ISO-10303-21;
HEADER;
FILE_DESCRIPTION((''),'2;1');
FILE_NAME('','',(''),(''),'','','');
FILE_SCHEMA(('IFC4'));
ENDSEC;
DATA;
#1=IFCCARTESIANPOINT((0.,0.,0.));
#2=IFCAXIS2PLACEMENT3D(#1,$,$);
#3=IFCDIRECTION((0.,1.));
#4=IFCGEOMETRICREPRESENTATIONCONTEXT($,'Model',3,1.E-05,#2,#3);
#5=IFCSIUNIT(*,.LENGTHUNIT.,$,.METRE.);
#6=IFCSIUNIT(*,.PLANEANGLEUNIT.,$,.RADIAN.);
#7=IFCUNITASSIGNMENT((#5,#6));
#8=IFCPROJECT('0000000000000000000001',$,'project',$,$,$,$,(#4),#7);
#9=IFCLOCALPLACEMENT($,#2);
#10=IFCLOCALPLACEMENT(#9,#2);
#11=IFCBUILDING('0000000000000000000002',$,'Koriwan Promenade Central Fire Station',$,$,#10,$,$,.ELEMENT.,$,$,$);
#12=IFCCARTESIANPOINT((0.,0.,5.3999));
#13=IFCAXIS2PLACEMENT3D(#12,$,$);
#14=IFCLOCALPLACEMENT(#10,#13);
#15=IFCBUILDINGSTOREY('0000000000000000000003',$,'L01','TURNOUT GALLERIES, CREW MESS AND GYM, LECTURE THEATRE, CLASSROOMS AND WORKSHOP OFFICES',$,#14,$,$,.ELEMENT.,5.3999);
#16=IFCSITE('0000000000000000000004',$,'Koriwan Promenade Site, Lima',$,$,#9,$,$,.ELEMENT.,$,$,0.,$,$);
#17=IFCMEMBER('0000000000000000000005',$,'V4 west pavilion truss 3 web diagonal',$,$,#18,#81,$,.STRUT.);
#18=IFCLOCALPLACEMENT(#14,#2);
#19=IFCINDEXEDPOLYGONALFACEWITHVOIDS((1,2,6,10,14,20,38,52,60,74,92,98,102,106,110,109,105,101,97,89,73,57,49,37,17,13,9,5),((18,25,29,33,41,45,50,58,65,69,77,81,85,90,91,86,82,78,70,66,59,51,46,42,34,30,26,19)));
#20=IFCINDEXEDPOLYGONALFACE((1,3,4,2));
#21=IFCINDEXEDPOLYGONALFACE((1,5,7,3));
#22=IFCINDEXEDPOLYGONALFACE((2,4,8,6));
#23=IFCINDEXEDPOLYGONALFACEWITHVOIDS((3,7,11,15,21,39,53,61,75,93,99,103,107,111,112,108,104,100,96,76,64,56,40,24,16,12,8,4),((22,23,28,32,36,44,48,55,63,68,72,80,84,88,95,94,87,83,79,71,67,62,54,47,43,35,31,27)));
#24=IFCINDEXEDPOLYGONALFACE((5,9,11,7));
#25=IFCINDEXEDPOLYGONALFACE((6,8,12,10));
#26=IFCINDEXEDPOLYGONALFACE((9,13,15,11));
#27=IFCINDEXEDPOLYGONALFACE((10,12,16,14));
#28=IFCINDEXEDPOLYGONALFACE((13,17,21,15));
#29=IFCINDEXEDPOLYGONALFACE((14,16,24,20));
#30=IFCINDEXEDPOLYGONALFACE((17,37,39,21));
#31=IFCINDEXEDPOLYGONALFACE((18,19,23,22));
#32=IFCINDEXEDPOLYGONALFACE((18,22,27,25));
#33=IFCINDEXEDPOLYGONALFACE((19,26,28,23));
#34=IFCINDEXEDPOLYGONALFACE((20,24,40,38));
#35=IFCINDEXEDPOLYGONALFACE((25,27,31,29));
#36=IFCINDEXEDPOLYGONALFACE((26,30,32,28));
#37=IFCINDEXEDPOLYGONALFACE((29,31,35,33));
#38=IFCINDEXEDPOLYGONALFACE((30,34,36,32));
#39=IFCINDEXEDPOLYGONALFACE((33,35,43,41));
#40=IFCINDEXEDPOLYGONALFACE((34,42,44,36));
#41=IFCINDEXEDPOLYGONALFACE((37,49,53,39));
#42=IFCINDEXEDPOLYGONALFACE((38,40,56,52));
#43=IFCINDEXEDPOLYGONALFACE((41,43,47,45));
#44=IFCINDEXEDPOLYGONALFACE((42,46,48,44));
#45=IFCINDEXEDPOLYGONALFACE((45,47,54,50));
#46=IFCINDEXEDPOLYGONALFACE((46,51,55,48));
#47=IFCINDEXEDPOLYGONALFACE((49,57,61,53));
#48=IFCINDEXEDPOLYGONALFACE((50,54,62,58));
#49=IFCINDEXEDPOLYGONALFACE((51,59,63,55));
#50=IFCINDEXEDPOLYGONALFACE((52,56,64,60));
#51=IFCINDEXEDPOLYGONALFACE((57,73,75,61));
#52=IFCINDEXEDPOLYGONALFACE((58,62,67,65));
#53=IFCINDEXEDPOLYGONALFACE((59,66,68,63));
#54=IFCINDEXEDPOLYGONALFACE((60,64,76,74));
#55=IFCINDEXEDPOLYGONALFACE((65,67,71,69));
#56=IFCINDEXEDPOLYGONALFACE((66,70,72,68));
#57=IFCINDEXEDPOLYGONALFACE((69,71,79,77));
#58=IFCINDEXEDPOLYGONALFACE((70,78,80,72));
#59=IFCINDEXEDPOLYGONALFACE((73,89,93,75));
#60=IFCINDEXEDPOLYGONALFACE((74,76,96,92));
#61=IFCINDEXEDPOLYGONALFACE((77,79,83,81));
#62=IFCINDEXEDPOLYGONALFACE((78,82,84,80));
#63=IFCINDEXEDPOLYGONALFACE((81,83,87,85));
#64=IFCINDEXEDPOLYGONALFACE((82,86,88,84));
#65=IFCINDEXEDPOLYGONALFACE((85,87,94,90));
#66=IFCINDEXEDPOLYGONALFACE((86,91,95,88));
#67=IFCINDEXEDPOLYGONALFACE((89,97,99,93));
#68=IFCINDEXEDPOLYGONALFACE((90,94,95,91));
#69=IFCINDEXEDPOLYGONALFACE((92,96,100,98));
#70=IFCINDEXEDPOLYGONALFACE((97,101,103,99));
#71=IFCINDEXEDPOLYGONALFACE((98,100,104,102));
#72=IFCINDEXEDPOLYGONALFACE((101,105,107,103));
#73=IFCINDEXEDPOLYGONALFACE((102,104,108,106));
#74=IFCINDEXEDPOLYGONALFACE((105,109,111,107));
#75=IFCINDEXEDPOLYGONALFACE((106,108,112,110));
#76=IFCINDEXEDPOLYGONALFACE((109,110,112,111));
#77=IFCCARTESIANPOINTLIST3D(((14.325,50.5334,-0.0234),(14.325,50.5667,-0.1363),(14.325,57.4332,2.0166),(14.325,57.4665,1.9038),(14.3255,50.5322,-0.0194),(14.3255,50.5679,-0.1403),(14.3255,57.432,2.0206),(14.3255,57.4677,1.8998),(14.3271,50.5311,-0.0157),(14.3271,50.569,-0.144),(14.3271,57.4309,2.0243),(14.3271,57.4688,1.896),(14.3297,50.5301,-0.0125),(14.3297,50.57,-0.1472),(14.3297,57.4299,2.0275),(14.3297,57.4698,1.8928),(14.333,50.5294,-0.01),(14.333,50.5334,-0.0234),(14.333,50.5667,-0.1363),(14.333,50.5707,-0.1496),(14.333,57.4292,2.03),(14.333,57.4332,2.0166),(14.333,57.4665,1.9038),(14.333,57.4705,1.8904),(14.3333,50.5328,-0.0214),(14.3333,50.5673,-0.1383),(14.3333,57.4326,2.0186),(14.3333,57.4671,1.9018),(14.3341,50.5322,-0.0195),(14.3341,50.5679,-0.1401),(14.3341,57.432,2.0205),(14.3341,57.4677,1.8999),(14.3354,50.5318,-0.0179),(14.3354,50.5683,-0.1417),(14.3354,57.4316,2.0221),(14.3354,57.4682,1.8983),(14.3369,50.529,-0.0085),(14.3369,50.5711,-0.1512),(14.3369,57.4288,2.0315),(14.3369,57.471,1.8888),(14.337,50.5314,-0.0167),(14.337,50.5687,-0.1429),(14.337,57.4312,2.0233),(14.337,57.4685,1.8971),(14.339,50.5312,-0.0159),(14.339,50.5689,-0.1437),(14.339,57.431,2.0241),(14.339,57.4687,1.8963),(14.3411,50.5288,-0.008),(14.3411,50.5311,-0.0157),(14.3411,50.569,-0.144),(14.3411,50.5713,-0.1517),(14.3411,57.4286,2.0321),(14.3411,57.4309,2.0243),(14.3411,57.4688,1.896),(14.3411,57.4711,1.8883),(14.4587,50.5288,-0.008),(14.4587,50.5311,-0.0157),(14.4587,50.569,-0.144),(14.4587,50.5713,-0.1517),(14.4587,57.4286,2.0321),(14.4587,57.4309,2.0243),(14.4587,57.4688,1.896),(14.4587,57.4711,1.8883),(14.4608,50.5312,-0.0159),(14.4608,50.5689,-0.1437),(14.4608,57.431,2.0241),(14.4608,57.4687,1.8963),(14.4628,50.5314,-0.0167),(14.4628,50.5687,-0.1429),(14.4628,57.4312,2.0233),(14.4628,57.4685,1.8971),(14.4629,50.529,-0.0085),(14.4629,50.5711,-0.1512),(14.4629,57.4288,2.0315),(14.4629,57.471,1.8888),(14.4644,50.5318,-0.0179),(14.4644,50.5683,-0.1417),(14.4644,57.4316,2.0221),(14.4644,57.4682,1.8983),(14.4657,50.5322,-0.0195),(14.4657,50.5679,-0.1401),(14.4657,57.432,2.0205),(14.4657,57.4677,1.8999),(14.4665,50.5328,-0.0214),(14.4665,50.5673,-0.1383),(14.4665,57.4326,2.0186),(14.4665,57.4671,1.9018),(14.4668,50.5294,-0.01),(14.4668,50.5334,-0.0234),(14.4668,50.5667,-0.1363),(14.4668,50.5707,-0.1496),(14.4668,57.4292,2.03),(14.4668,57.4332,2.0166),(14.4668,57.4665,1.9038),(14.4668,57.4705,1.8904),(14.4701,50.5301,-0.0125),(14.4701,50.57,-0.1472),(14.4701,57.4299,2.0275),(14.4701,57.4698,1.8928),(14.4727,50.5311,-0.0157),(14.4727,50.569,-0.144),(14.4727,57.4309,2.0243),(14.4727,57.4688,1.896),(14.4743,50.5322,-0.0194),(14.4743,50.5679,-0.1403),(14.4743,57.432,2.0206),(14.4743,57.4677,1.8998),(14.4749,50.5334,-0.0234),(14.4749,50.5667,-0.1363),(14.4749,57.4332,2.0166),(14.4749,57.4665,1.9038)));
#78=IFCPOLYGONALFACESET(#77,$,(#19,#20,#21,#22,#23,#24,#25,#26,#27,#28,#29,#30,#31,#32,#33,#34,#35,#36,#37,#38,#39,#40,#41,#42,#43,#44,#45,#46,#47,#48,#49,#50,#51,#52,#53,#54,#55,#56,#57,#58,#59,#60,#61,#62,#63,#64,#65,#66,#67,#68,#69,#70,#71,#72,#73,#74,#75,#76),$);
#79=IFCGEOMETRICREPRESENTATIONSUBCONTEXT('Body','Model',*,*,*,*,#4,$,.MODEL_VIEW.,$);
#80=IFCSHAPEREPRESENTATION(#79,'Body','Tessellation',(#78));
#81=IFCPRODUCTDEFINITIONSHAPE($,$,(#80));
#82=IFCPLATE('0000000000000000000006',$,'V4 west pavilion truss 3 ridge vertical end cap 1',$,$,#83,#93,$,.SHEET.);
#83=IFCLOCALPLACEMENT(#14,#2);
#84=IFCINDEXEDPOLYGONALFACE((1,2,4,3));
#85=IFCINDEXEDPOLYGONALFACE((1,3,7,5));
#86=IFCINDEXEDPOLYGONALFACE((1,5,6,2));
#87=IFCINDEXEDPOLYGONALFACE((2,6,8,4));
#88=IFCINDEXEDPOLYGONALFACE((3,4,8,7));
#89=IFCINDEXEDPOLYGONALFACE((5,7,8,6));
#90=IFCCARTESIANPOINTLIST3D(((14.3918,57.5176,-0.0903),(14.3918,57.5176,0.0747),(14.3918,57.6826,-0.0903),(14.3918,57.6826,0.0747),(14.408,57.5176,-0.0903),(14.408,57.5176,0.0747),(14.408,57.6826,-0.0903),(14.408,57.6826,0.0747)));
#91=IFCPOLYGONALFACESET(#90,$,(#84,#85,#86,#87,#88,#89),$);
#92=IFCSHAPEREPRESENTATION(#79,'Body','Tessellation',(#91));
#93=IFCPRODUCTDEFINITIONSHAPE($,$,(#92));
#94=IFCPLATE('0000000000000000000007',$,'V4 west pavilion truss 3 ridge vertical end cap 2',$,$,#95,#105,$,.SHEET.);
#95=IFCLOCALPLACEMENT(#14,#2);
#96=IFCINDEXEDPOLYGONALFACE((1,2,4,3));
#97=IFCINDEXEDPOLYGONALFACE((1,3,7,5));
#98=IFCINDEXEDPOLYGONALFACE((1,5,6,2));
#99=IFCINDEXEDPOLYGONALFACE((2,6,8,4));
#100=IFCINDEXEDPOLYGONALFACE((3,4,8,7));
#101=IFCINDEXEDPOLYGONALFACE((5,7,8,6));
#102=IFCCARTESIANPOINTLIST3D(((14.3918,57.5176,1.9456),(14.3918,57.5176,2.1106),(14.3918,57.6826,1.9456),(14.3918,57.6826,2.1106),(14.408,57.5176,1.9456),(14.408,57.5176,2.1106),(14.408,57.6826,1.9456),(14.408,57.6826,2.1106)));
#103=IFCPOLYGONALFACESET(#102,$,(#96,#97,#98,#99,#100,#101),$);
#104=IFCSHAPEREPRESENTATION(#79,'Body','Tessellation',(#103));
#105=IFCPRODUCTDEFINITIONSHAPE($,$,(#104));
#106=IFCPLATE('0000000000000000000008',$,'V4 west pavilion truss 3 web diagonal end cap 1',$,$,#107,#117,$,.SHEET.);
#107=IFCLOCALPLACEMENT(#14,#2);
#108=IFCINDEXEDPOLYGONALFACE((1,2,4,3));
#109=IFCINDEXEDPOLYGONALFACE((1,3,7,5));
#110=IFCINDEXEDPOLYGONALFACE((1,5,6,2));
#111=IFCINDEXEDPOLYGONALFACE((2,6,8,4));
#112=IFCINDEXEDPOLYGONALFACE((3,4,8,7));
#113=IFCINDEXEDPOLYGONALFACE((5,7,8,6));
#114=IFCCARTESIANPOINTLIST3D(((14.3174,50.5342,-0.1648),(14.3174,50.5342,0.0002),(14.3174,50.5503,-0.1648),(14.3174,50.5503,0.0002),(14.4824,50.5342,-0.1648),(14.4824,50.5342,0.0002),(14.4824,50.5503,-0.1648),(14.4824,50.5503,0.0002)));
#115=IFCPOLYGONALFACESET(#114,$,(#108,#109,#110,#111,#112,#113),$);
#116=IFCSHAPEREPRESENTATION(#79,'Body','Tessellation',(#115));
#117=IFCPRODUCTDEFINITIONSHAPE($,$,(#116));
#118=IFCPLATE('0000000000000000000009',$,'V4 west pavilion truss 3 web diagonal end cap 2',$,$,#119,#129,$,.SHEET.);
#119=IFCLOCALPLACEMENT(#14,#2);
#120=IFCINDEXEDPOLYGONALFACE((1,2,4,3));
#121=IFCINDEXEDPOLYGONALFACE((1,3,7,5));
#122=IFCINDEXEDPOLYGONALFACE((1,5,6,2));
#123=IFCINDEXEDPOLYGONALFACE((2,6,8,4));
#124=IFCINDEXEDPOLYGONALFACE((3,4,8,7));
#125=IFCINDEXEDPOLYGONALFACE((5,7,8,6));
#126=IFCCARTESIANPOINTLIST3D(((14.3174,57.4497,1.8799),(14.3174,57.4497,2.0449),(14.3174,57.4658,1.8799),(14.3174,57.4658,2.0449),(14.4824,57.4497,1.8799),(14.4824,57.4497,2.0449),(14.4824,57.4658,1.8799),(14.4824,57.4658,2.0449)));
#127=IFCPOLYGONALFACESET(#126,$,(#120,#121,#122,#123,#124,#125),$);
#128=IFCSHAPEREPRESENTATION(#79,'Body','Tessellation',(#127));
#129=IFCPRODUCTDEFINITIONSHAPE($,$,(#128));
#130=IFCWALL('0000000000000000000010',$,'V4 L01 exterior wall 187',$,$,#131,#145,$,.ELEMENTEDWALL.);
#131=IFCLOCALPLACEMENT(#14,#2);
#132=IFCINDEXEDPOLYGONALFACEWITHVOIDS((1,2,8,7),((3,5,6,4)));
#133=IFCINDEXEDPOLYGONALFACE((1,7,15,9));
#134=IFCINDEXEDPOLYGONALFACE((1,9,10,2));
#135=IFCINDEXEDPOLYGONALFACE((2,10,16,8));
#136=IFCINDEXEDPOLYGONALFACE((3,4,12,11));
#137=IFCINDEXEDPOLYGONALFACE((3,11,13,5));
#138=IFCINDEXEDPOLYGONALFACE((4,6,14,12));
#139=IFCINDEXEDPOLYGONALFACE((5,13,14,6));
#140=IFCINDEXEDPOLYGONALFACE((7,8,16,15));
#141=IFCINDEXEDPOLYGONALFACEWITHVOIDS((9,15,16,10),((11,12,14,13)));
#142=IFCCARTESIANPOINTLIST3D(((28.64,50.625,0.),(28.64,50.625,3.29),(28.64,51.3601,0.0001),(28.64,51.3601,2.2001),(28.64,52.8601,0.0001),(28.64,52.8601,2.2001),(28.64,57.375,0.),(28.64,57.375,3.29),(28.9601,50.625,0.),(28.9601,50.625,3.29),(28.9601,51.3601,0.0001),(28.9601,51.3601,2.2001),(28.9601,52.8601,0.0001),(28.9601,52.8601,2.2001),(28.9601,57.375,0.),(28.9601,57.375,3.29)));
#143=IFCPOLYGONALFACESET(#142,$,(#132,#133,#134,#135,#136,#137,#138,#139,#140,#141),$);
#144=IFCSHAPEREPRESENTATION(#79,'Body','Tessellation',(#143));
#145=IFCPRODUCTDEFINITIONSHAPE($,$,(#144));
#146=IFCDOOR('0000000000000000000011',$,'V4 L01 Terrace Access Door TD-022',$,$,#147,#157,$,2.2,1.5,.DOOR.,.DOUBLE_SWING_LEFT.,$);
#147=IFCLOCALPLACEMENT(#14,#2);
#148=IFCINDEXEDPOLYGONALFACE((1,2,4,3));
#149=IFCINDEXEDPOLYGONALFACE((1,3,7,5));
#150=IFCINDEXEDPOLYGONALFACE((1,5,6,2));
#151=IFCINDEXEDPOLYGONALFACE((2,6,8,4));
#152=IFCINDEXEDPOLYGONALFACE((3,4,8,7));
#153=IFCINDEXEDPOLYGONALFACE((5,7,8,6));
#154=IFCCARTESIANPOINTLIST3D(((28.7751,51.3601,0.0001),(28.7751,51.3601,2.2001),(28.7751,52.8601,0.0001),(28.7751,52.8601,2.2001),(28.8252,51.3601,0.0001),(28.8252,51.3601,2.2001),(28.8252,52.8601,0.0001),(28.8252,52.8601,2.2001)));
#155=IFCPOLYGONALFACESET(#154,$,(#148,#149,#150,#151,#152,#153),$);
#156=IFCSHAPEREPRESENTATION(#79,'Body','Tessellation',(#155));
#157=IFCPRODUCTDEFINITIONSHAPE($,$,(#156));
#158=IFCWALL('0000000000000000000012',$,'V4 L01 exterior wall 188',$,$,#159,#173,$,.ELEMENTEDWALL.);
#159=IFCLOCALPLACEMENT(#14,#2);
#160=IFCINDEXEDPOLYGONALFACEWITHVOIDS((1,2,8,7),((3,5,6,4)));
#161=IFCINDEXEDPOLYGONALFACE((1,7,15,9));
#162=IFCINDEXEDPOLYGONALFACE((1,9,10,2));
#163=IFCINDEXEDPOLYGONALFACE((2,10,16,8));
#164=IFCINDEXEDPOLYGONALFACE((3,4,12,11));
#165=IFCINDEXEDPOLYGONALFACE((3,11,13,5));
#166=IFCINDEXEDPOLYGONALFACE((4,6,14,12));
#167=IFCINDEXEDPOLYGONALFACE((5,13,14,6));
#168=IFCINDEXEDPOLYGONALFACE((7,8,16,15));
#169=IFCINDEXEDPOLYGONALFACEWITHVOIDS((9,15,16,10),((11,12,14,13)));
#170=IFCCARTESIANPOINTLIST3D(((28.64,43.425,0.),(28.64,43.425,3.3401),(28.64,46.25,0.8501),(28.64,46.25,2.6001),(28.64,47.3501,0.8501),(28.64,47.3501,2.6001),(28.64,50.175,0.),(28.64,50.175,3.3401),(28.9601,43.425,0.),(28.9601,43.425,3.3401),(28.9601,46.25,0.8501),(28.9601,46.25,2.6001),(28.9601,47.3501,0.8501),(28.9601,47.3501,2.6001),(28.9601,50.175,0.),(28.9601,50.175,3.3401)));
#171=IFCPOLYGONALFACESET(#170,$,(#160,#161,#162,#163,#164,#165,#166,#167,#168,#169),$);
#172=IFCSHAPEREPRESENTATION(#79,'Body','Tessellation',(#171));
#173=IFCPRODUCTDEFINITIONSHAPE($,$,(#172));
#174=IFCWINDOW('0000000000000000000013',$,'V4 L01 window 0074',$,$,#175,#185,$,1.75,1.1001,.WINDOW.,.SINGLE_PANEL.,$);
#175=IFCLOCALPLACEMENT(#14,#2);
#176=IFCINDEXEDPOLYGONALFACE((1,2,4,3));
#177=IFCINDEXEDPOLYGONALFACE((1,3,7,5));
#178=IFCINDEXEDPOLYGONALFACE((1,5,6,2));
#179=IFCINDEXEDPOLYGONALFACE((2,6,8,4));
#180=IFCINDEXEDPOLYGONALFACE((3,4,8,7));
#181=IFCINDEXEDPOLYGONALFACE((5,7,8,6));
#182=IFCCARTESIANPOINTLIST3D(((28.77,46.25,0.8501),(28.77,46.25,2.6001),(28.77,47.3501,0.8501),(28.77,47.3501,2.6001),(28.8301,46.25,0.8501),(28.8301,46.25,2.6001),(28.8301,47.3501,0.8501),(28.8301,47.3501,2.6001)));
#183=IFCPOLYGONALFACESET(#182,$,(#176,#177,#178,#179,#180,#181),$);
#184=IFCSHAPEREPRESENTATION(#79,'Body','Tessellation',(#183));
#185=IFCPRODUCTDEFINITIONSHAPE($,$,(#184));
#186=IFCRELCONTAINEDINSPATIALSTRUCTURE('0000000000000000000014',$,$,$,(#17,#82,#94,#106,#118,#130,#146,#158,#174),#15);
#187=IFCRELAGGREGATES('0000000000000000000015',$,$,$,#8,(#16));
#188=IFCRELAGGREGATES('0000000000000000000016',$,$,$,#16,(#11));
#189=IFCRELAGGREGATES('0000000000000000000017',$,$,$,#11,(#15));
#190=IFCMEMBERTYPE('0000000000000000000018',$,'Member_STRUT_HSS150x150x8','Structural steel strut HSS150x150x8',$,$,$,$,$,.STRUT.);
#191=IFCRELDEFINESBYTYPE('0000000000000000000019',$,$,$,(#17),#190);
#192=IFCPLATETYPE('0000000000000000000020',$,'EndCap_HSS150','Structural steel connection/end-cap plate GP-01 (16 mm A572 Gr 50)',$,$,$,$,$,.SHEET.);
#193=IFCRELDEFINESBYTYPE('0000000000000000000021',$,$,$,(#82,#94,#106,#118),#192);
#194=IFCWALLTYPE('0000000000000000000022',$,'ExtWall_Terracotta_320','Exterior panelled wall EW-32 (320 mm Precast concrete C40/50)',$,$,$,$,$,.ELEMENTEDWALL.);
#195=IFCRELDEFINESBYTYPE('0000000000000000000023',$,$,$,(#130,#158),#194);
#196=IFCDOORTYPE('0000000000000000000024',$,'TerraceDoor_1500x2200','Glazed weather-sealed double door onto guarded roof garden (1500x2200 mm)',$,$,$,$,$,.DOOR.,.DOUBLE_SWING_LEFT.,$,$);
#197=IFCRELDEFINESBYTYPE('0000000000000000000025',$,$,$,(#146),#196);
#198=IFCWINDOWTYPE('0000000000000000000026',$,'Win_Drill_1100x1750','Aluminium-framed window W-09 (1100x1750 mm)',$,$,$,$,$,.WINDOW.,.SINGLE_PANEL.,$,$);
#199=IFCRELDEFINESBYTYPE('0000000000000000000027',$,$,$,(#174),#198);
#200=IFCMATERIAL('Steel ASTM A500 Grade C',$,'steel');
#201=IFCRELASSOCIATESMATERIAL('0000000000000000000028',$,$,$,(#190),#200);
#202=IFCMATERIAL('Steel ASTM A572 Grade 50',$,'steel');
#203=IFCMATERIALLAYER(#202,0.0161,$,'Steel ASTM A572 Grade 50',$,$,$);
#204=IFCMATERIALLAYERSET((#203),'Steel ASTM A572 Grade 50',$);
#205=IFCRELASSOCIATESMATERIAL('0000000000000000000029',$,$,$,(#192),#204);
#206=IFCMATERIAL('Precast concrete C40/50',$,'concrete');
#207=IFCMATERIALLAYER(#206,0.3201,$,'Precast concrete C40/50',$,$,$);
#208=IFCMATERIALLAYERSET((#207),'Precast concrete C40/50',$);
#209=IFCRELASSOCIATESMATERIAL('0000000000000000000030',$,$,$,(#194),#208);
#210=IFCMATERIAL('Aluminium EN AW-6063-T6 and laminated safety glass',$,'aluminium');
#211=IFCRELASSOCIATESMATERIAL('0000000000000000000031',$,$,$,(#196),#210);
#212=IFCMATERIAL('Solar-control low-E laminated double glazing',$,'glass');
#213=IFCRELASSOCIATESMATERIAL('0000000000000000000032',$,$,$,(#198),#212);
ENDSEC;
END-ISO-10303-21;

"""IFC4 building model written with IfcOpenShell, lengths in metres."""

from ifc_helpers import new_model, si_unit, direction, frame, frame_2d, origin, origin_2d, place, context, subcontext, project, spatial, rectangle, hollow_rectangle, extrude, material, layer, layer_set, material_profile, profile_set, type_object, element, fill, save


model = new_model("IFC4")

# Units and contexts
model_context = context("Model", 3, precision=1e-05, world=origin(), true_north=direction((0.0, 1.0)))
body_context = subcontext(model_context, "Body", "Model", "MODEL_VIEW")
ifc_project = project(units=[si_unit("LENGTHUNIT", "METRE"), si_unit("PLANEANGLEUNIT", "RADIAN")], contexts=[model_context])

# Site, building, storey
site_placement = place(None, origin())
site = spatial("IfcSite", under=ifc_project, at=site_placement, Name="Koriwan Promenade Site, Lima", CompositionType="ELEMENT", RefElevation=0.0)
building_placement = place(site_placement, origin())
building = spatial("IfcBuilding", under=site, at=building_placement, Name="Koriwan Promenade Central Fire Station", CompositionType="ELEMENT")
storey_placement = place(building_placement, frame((0.0, 0.0, 5.3999)))
storey = spatial("IfcBuildingStorey", under=building, at=storey_placement, Name="L01", Description="TURNOUT GALLERIES, CREW MESS AND GYM, LECTURE THEATRE, CLASSROOMS AND WORKSHOP OFFICES", CompositionType="ELEMENT", Elevation=5.3999)

# Member
ifc_material_1 = material(Name="Steel ASTM A500 Grade C", Category="steel")
ifc_material_profile_1 = material_profile(ifc_material_1, hollow_rectangle(XDim=0.1499, YDim=0.1499, WallThickness=0.0081, InnerFilletRadius=0.0081, OuterFilletRadius=0.0161, at=origin_2d()), Name="HSS150x150x8")
ifc_profile_set_1 = profile_set([ifc_material_profile_1], Name="Steel ASTM A500 Grade C")
member_type_1 = type_object("IfcMemberType", Name="Member_STRUT_HSS150x150x8", Description="Structural steel strut HSS150x150x8", PredefinedType="STRUT", material=ifc_profile_set_1)
member_1_placement = place(storey_placement, frame((14.3999, 50.55, -0.0798), z_axis=(0.0, 0.958964, 0.283529), x_axis=(-1.0, 0.0, 0.0)))
element("IfcMember", 1, at=member_1_placement, inside=storey, type_object=member_type_1, Name="V4 west pavilion truss 3 web diagonal", PredefinedType="STRUT", context=body_context, shape_type="SweptSolid", body=[
    extrude(hollow_rectangle(XDim=0.1499, YDim=0.1499, WallThickness=0.0081, InnerFilletRadius=0.0081, OuterFilletRadius=0.0161, at=origin_2d()), origin(), (0.0, 0.0, 1.0), 7.1951),
])

# Plates
ifc_material_2 = material(Name="Steel ASTM A572 Grade 50", Category="steel")
ifc_layer_1 = layer(ifc_material_2, 0.0161, Name="Steel ASTM A572 Grade 50")
ifc_layer_set_1 = layer_set([ifc_layer_1], Name="Steel ASTM A572 Grade 50")
plate_type = type_object("IfcPlateType", Name="EndCap_HSS150", Description="Structural steel connection/end-cap plate GP-01 (16 mm A572 Gr 50)", PredefinedType="SHEET", material=ifc_layer_set_1)
for number, where, z_axis, x_axis, name in (
    (2, (14.3999, 57.6001, -0.0903), (0.0, 0.0, 1.0), (1.0, 0.0, 0.0), "V4 west pavilion truss 3 ridge vertical end cap 1"),
    (3, (14.3999, 57.6001, 1.9456), (0.0, 0.0, 1.0), (1.0, 0.0, 0.0), "V4 west pavilion truss 3 ridge vertical end cap 2"),
    (4, (14.3999, 50.5422, -0.1648), (0.0, 0.0, 1.0), (0.0, 1.0, 0.0), "V4 west pavilion truss 3 web diagonal end cap 1"),
    (5, (14.3999, 57.4578, 1.8799), (0.0, 0.0, 1.0), (0.0, 1.0, 0.0), "V4 west pavilion truss 3 web diagonal end cap 2"),
):
    element("IfcPlate", number, at=place(storey_placement, frame(where, z_axis=z_axis, x_axis=x_axis)), inside=storey, type_object=plate_type, Name=name, PredefinedType="SHEET", context=body_context, shape_type="SweptSolid", body=[
        extrude(rectangle(XDim=0.0161, YDim=0.165, at=origin_2d()), origin(), (0.0, 0.0, 1.0), 0.165),
    ])

# Wall, opening, door
ifc_material_3 = material(Name="Precast concrete C40/50", Category="concrete")
ifc_layer_2 = layer(ifc_material_3, 0.3201, Name="Precast concrete C40/50")
ifc_layer_set_2 = layer_set([ifc_layer_2], Name="Precast concrete C40/50")
wall_type = type_object("IfcWallType", Name="ExtWall_Terracotta_320", Description="Exterior panelled wall EW-32 (320 mm Precast concrete C40/50)", PredefinedType="ELEMENTEDWALL", material=ifc_layer_set_2)
wall_1_placement = place(storey_placement, frame((28.8, 57.375, 0.0), z_axis=(0.0, 0.0, 1.0), x_axis=(0.0, -1.0, 0.0)))
wall_1 = element("IfcWall", 6, at=wall_1_placement, inside=storey, type_object=wall_type, Name="V4 L01 exterior wall 187", PredefinedType="ELEMENTEDWALL", context=body_context, shape_type="SweptSolid", body=[
    extrude(rectangle(XDim=6.75, YDim=0.3201, at=frame_2d((3.375, 0.0))), origin(), (0.0, 0.0, 1.0), 3.29),
])
opening_1_placement = place(wall_1_placement, frame((4.5149, 0.0, 0.0)))
opening_1 = element("IfcOpeningElement", 7, at=opening_1_placement, cuts=wall_1, PredefinedType="OPENING", context=body_context, shape_type="SweptSolid", body=[
    extrude(rectangle(XDim=1.5, YDim=2.2, at=frame_2d((0.75, 1.1001))), frame((0.0, 0.1719, 0.0), z_axis=(0.0, -1.0, 0.0), x_axis=(1.0, 0.0, 0.0)), (0.0, 0.0, 1.0), 0.344),
])
ifc_material_4 = material(Name="Aluminium EN AW-6063-T6 and laminated safety glass", Category="aluminium")
door_type = type_object("IfcDoorType", Name="TerraceDoor_1500x2200", Description="Glazed weather-sealed double door onto guarded roof garden (1500x2200 mm)", OperationType="DOUBLE_SWING_LEFT", PredefinedType="DOOR", material=ifc_material_4)
door_placement = place(opening_1_placement, frame((1.5, 0.0, 0.0), z_axis=(0.0, 0.0, 1.0), x_axis=(-1.0, 0.0, 0.0)))
door = element("IfcDoor", 8, at=door_placement, inside=storey, type_object=door_type, Name="V4 L01 Terrace Access Door TD-022", OperationType="DOUBLE_SWING_LEFT", OverallHeight=2.2, OverallWidth=1.5, PredefinedType="DOOR", context=body_context, shape_type="SweptSolid", body=[
    extrude(rectangle(XDim=1.5, YDim=2.2, at=frame_2d((0.75, 1.1001))), frame((0.0, 0.0249, 0.0), z_axis=(0.0, -1.0, 0.0), x_axis=(1.0, 0.0, 0.0)), (0.0, 0.0, 1.0), 0.05),
])
fill(opening_1, door)

# Wall, opening, window
wall_2_placement = place(storey_placement, frame((28.8, 50.175, 0.0), z_axis=(0.0, 0.0, 1.0), x_axis=(0.0, -1.0, 0.0)))
wall_2 = element("IfcWall", 9, at=wall_2_placement, inside=storey, type_object=wall_type, Name="V4 L01 exterior wall 188", PredefinedType="ELEMENTEDWALL", context=body_context, shape_type="SweptSolid", body=[
    extrude(rectangle(XDim=6.75, YDim=0.3201, at=frame_2d((3.375, 0.0))), origin(), (0.0, 0.0, 1.0), 3.3401),
])
opening_2_placement = place(wall_2_placement, frame((2.825, 0.0, 0.8501)))
opening_2 = element("IfcOpeningElement", 10, at=opening_2_placement, cuts=wall_2, PredefinedType="OPENING", context=body_context, shape_type="SweptSolid", body=[
    extrude(rectangle(XDim=1.1001, YDim=1.75, at=frame_2d((0.55, 0.875))), frame((0.0, 0.1719, 0.0), z_axis=(0.0, -1.0, 0.0), x_axis=(1.0, 0.0, 0.0)), (0.0, 0.0, 1.0), 0.344),
])
ifc_material_5 = material(Name="Solar-control low-E laminated double glazing", Category="glass")
window_type = type_object("IfcWindowType", Name="Win_Drill_1100x1750", Description="Aluminium-framed window W-09 (1100x1750 mm)", PartitioningType="SINGLE_PANEL", PredefinedType="WINDOW", material=ifc_material_5)
window_placement = place(opening_2_placement, origin())
window = element("IfcWindow", 11, at=window_placement, inside=storey, type_object=window_type, Name="V4 L01 window 0074", OverallHeight=1.75, OverallWidth=1.1001, PartitioningType="SINGLE_PANEL", PredefinedType="WINDOW", context=body_context, shape_type="SweptSolid", body=[
    extrude(rectangle(XDim=1.1001, YDim=1.75, at=frame_2d((0.55, 0.875))), frame((0.0, 0.03, 0.0), z_axis=(0.0, -1.0, 0.0), x_axis=(1.0, 0.0, 0.0)), (0.0, 0.0, 1.0), 0.0601),
])
fill(opening_2, window)

save(model, "model.ifc")
